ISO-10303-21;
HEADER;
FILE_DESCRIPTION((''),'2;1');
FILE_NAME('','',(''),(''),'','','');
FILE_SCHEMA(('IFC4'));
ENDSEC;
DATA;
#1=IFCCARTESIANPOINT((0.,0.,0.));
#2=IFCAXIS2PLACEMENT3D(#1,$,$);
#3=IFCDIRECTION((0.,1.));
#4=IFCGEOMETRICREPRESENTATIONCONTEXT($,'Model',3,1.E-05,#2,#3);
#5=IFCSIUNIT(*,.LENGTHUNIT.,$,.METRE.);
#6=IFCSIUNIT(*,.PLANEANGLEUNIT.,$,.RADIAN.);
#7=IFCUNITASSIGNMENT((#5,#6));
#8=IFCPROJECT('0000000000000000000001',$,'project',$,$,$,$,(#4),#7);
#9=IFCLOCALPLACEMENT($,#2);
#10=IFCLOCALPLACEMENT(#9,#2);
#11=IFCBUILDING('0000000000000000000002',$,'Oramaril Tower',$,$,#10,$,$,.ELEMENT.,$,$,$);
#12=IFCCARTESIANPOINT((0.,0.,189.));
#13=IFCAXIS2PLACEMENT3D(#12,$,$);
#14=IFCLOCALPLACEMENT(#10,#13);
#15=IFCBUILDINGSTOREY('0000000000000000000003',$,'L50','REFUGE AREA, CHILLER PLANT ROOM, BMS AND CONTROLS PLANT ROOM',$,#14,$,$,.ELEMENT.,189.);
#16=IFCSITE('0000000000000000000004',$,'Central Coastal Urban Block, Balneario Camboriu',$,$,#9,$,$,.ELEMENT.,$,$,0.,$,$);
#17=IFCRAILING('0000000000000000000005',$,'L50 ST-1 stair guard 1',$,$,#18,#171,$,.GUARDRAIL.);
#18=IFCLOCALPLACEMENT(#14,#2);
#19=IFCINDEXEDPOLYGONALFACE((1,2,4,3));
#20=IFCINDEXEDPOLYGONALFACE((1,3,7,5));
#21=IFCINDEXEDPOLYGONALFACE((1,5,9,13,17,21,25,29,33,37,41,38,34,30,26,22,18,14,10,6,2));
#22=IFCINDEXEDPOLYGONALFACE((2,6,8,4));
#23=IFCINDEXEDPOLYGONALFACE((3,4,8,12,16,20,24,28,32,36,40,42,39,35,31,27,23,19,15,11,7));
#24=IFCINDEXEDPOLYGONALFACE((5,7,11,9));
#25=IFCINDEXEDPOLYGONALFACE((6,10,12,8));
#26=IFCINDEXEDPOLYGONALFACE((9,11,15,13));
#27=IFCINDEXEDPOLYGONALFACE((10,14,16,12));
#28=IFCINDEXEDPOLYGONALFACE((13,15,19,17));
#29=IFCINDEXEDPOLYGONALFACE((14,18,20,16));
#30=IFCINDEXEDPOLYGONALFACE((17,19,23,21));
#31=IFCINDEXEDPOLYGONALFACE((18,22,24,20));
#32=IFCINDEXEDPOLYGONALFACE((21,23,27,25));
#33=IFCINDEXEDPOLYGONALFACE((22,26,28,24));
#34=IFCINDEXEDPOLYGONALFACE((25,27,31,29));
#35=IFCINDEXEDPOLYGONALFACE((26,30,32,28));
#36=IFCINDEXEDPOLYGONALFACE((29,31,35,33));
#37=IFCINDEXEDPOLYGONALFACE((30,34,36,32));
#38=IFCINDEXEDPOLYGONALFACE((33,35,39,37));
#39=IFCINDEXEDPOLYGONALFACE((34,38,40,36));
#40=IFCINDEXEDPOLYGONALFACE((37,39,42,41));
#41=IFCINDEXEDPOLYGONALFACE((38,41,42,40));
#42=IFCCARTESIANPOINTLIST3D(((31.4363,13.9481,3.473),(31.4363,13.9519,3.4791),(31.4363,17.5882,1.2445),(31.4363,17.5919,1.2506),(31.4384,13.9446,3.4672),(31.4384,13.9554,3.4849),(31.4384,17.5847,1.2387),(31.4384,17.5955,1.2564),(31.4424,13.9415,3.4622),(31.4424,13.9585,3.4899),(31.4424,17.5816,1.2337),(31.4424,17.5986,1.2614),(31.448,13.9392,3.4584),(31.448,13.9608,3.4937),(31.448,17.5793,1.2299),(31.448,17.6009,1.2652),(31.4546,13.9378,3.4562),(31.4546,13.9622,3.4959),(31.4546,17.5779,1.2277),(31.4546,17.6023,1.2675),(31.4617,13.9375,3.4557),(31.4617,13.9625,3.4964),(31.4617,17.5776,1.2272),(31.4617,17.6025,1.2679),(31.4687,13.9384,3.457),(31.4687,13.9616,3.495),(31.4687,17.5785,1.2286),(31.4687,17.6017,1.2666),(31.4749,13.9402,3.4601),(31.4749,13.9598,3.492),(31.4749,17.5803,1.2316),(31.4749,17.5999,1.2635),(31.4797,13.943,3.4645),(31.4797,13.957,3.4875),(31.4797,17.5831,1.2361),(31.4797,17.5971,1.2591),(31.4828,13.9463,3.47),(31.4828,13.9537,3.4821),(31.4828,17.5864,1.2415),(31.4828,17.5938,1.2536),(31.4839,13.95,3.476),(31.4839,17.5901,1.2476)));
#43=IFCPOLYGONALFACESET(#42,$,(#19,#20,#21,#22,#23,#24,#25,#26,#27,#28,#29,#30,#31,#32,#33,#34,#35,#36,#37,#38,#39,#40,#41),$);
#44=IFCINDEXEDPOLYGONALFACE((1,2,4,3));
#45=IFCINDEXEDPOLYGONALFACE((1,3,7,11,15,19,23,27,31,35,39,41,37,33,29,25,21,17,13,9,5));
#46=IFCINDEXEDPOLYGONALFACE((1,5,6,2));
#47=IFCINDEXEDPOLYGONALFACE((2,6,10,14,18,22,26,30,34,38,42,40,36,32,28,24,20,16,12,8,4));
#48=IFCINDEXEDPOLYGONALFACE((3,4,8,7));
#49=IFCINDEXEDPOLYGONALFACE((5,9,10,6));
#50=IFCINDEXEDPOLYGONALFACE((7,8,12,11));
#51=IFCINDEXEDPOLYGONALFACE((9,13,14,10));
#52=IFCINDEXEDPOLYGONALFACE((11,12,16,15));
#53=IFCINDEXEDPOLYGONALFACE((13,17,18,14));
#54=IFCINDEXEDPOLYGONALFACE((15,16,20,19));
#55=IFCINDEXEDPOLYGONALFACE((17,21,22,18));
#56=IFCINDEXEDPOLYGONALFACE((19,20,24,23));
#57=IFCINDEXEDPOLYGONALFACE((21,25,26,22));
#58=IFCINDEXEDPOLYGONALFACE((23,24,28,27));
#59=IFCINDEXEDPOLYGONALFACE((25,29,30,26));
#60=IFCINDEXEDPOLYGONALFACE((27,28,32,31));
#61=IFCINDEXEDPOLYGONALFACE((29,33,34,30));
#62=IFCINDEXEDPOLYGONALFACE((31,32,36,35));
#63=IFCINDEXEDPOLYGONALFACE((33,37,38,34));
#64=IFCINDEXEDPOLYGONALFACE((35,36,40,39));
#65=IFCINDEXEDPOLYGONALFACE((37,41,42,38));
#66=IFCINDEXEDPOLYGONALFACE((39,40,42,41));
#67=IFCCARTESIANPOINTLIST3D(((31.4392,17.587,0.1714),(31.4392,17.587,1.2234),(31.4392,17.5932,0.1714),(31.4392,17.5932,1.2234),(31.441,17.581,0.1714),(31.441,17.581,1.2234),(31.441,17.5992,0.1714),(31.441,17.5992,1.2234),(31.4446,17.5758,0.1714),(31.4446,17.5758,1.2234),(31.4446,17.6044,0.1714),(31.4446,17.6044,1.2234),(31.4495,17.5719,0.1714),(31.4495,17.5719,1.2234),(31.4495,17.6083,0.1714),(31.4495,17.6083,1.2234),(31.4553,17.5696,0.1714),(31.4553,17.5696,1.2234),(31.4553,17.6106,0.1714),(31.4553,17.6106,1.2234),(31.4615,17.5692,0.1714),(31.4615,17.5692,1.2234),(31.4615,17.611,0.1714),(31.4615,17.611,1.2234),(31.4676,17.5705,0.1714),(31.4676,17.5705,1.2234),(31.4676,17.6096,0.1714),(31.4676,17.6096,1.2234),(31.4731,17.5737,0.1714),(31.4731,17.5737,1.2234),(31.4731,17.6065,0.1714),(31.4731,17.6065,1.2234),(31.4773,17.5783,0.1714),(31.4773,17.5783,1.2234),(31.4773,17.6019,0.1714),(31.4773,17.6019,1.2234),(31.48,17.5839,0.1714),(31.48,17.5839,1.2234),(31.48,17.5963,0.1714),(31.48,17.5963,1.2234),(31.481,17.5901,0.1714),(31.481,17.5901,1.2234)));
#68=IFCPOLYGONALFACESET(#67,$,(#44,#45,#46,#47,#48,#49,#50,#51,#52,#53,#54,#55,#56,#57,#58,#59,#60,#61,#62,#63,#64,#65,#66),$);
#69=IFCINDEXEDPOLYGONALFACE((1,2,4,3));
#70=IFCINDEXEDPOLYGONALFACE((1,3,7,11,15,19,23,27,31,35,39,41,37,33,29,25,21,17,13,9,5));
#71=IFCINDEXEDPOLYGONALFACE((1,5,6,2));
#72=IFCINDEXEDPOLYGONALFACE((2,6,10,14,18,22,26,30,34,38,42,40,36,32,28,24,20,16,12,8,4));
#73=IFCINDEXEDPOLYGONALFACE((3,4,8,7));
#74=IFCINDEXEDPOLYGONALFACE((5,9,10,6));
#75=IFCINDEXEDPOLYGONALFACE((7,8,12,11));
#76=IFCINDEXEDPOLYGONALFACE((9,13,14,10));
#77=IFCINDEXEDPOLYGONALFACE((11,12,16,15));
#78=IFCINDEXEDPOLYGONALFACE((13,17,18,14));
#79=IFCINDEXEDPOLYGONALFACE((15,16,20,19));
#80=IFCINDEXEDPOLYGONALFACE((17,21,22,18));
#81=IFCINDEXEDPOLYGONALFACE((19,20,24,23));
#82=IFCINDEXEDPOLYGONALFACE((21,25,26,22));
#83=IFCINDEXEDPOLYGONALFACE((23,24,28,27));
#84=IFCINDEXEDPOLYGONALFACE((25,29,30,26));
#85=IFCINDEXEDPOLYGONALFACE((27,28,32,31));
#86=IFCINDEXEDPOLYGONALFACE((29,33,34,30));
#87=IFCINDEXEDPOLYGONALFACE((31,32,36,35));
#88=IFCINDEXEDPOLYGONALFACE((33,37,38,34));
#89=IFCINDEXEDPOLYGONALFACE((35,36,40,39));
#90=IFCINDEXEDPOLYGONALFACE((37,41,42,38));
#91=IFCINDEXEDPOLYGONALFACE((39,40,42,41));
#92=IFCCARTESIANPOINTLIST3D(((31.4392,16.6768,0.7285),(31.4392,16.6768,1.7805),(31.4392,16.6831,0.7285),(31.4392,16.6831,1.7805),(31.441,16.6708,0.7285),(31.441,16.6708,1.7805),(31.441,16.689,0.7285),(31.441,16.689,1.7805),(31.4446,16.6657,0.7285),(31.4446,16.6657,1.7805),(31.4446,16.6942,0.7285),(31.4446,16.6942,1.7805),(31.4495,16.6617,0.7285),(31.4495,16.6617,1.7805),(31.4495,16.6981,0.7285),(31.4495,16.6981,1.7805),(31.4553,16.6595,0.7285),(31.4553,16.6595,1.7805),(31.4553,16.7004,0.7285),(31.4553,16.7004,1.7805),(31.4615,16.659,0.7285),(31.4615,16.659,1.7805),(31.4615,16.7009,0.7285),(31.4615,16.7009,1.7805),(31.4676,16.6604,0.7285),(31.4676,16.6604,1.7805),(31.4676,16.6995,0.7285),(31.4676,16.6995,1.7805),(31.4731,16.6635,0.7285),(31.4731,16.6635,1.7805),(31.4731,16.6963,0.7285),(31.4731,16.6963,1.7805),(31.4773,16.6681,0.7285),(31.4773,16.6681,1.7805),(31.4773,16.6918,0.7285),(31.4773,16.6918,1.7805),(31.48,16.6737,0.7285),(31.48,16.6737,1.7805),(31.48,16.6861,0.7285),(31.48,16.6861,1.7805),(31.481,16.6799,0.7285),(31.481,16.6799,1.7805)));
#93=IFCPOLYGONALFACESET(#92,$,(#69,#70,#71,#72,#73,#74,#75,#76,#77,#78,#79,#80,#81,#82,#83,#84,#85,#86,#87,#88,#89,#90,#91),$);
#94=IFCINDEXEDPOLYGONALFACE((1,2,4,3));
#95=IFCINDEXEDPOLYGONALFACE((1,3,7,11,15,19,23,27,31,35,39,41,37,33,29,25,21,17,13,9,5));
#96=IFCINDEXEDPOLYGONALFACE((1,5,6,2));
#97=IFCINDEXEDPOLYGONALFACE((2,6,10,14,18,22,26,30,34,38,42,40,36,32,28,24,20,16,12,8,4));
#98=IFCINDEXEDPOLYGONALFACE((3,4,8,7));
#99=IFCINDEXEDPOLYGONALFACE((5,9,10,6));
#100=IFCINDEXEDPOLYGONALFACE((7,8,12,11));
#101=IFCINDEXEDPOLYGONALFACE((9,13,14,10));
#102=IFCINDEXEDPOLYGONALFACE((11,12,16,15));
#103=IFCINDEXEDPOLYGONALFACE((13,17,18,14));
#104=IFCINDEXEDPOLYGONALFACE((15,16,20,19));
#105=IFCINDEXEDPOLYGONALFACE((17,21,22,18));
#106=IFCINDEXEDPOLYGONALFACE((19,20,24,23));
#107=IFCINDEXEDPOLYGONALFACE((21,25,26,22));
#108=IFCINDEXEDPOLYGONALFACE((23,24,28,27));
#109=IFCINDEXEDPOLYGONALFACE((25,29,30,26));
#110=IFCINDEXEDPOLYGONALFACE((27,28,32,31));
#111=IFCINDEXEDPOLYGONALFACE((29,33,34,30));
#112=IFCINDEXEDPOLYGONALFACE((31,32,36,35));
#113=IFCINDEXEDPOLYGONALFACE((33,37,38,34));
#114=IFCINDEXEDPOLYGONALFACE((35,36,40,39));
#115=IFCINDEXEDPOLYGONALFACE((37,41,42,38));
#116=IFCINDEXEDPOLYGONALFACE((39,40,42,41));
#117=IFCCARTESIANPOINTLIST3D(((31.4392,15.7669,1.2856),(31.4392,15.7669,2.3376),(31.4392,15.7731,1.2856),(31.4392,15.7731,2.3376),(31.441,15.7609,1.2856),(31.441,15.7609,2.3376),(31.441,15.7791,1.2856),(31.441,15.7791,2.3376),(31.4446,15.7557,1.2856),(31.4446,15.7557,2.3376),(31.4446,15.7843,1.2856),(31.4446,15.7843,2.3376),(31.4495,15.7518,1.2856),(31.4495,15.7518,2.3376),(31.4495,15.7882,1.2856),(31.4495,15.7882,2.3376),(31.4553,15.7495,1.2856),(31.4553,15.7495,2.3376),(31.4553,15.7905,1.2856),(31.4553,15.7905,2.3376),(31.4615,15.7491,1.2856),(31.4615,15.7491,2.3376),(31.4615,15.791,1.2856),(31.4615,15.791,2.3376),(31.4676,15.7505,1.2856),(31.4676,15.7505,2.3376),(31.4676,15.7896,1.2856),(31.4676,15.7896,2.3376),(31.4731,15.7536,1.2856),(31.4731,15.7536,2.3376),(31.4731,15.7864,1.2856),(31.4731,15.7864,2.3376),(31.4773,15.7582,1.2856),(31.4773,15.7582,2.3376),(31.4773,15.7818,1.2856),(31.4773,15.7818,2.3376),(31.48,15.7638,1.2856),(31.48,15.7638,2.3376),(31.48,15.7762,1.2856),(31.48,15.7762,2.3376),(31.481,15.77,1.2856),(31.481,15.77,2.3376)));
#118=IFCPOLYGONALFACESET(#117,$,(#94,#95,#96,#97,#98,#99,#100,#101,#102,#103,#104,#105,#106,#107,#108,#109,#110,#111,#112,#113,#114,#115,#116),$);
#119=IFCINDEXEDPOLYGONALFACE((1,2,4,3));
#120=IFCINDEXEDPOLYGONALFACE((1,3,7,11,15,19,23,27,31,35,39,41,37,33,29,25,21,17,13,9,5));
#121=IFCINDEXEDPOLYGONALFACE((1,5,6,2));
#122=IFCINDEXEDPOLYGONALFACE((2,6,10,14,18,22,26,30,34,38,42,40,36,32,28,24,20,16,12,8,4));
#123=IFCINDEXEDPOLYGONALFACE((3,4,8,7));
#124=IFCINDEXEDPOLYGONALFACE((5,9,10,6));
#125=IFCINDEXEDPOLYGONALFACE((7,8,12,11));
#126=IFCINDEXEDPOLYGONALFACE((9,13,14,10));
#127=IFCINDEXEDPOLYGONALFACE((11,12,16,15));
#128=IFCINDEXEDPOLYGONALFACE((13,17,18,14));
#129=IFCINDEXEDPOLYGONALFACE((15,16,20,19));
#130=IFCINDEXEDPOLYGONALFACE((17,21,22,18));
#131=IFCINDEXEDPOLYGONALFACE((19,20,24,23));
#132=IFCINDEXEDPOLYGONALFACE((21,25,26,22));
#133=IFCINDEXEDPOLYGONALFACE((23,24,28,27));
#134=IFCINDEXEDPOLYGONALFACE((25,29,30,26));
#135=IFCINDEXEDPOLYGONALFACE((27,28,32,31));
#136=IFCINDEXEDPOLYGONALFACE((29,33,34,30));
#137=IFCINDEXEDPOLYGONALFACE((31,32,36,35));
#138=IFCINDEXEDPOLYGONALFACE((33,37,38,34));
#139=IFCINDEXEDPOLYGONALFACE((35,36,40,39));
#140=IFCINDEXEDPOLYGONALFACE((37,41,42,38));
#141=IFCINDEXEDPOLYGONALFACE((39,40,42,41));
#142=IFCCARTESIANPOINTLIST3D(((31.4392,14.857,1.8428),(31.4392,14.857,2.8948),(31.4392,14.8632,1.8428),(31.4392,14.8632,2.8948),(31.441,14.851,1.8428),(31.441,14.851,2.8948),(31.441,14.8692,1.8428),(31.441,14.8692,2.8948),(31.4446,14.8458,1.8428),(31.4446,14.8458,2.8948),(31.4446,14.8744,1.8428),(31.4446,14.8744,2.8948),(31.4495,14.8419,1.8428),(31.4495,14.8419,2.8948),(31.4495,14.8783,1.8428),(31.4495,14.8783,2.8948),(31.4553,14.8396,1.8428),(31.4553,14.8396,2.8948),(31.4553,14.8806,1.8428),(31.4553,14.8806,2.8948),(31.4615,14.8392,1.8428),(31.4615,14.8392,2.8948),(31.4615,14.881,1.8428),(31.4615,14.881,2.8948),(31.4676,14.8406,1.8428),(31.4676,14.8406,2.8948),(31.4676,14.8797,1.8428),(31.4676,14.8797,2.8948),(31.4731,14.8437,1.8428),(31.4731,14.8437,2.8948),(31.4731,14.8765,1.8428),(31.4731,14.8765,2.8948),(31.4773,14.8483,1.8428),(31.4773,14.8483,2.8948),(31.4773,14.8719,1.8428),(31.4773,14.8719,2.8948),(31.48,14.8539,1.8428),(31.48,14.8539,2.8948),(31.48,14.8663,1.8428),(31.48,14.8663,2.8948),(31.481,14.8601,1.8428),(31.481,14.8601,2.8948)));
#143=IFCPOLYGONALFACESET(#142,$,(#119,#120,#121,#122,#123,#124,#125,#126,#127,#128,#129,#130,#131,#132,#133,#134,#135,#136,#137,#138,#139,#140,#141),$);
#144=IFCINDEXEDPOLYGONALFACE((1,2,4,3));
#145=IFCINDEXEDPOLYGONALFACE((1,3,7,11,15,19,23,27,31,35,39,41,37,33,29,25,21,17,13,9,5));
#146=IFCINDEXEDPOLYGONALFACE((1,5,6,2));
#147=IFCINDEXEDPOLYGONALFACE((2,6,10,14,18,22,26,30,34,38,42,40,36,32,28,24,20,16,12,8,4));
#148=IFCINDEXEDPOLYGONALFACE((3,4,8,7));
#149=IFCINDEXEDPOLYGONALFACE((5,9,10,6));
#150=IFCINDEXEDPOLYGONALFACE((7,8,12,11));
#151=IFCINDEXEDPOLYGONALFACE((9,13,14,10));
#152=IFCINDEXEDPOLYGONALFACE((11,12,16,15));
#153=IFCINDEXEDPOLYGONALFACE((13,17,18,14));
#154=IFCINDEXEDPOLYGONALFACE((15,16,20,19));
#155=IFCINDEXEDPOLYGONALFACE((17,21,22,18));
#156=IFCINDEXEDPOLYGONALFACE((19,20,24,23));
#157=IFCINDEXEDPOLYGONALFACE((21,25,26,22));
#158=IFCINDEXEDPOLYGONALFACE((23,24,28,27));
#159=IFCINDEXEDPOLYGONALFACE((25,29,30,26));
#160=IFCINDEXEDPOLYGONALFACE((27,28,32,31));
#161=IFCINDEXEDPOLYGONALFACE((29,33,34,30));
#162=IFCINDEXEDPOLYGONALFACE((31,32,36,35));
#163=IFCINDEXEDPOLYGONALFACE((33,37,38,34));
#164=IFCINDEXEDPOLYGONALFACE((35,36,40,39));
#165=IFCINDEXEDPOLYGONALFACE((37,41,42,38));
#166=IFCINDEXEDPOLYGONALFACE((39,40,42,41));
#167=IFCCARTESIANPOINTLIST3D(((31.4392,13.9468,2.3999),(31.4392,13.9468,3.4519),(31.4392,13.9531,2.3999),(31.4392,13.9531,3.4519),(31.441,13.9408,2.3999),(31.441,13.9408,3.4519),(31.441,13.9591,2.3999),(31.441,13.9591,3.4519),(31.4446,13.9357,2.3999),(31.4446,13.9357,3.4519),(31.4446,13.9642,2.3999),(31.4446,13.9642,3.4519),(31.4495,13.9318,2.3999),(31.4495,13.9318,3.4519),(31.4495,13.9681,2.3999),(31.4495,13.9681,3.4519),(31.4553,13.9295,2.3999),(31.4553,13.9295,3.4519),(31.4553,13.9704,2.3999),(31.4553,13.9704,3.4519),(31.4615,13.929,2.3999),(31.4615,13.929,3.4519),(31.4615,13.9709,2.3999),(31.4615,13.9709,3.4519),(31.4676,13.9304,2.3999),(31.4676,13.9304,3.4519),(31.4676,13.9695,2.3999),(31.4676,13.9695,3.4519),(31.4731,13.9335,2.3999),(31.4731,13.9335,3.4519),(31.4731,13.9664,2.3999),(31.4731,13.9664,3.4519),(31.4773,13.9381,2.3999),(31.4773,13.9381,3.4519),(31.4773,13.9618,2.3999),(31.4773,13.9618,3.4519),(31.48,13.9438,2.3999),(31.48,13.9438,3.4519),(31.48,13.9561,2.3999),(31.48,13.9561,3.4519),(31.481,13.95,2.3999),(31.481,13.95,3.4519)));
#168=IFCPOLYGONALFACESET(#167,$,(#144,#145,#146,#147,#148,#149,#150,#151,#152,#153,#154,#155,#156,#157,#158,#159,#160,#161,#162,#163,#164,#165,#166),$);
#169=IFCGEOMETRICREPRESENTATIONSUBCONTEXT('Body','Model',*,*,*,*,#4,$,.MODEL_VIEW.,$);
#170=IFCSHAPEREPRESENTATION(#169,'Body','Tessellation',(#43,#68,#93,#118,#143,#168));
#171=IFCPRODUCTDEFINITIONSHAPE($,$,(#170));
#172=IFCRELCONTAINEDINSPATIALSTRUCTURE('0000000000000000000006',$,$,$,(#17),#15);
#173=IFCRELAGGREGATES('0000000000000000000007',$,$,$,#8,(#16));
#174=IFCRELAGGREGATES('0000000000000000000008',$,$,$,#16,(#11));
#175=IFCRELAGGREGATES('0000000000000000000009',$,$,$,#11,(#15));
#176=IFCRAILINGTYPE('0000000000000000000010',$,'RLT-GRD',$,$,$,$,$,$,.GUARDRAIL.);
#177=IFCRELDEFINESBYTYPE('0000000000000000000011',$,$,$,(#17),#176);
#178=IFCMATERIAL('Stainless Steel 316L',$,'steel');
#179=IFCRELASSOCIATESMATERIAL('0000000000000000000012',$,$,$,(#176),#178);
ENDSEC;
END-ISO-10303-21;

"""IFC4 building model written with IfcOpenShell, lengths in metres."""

from ifc_helpers import new_model, si_unit, direction, frame, origin, origin_2d, place, context, subcontext, project, spatial, circle, extrude, material, type_object, element, save


model = new_model("IFC4")

# Units and contexts
model_context = context("Model", 3, precision=1e-05, world=origin(), true_north=direction((0.0, 1.0)))
body_context = subcontext(model_context, "Body", "Model", "MODEL_VIEW")
ifc_project = project(units=[si_unit("LENGTHUNIT", "METRE"), si_unit("PLANEANGLEUNIT", "RADIAN")], contexts=[model_context])

# Site, building, storey
site_placement = place(None, origin())
site = spatial("IfcSite", under=ifc_project, at=site_placement, Name="Central Coastal Urban Block, Balneario Camboriu", CompositionType="ELEMENT", RefElevation=0.0)
building_placement = place(site_placement, origin())
building = spatial("IfcBuilding", under=site, at=building_placement, Name="Oramaril Tower", CompositionType="ELEMENT")
storey_placement = place(building_placement, frame((0.0, 0.0, 189.0)))
storey = spatial("IfcBuildingStorey", under=building, at=storey_placement, Name="L50", Description="REFUGE AREA, CHILLER PLANT ROOM, BMS AND CONTROLS PLANT ROOM", CompositionType="ELEMENT", Elevation=189.0)

# Railing
ifc_material_1 = material(Name="Stainless Steel 316L", Category="steel")
railing_type_1 = type_object("IfcRailingType", Name="RLT-GRD", PredefinedType="GUARDRAIL", material=ifc_material_1)
railing_1_placement = place(storey_placement, frame((31.46, 17.5901, 0.1714)))
element("IfcRailing", 1, at=railing_1_placement, inside=storey, type_object=railing_type_1, Name="L50 ST-1 stair guard 1", PredefinedType="GUARDRAIL", context=body_context, shape_type="SweptSolid", body=[
    extrude(circle(Radius=0.0239, at=origin_2d()), frame((0.0, 0.0, 1.0762), z_axis=(0.0, -0.852866, 0.52213), x_axis=(1.0, 0.0, 0.0)), (0.0, 0.0, 1.0), 4.2681),
    extrude(circle(Radius=0.021, at=origin_2d()), origin(), (0.0, 0.0, 1.0), 1.052),
    extrude(circle(Radius=0.021, at=origin_2d()), frame((0.0, -0.9102, 0.5571)), (0.0, 0.0, 1.0), 1.052),
    extrude(circle(Radius=0.021, at=origin_2d()), frame((0.0, -1.8201, 1.1143)), (0.0, 0.0, 1.0), 1.052),
    extrude(circle(Radius=0.021, at=origin_2d()), frame((0.0, -2.73, 1.6714)), (0.0, 0.0, 1.0), 1.052),
    extrude(circle(Radius=0.021, at=origin_2d()), frame((0.0, -3.6401, 2.2285)), (0.0, 0.0, 1.0), 1.052),
])

save(model, "model.ifc")
